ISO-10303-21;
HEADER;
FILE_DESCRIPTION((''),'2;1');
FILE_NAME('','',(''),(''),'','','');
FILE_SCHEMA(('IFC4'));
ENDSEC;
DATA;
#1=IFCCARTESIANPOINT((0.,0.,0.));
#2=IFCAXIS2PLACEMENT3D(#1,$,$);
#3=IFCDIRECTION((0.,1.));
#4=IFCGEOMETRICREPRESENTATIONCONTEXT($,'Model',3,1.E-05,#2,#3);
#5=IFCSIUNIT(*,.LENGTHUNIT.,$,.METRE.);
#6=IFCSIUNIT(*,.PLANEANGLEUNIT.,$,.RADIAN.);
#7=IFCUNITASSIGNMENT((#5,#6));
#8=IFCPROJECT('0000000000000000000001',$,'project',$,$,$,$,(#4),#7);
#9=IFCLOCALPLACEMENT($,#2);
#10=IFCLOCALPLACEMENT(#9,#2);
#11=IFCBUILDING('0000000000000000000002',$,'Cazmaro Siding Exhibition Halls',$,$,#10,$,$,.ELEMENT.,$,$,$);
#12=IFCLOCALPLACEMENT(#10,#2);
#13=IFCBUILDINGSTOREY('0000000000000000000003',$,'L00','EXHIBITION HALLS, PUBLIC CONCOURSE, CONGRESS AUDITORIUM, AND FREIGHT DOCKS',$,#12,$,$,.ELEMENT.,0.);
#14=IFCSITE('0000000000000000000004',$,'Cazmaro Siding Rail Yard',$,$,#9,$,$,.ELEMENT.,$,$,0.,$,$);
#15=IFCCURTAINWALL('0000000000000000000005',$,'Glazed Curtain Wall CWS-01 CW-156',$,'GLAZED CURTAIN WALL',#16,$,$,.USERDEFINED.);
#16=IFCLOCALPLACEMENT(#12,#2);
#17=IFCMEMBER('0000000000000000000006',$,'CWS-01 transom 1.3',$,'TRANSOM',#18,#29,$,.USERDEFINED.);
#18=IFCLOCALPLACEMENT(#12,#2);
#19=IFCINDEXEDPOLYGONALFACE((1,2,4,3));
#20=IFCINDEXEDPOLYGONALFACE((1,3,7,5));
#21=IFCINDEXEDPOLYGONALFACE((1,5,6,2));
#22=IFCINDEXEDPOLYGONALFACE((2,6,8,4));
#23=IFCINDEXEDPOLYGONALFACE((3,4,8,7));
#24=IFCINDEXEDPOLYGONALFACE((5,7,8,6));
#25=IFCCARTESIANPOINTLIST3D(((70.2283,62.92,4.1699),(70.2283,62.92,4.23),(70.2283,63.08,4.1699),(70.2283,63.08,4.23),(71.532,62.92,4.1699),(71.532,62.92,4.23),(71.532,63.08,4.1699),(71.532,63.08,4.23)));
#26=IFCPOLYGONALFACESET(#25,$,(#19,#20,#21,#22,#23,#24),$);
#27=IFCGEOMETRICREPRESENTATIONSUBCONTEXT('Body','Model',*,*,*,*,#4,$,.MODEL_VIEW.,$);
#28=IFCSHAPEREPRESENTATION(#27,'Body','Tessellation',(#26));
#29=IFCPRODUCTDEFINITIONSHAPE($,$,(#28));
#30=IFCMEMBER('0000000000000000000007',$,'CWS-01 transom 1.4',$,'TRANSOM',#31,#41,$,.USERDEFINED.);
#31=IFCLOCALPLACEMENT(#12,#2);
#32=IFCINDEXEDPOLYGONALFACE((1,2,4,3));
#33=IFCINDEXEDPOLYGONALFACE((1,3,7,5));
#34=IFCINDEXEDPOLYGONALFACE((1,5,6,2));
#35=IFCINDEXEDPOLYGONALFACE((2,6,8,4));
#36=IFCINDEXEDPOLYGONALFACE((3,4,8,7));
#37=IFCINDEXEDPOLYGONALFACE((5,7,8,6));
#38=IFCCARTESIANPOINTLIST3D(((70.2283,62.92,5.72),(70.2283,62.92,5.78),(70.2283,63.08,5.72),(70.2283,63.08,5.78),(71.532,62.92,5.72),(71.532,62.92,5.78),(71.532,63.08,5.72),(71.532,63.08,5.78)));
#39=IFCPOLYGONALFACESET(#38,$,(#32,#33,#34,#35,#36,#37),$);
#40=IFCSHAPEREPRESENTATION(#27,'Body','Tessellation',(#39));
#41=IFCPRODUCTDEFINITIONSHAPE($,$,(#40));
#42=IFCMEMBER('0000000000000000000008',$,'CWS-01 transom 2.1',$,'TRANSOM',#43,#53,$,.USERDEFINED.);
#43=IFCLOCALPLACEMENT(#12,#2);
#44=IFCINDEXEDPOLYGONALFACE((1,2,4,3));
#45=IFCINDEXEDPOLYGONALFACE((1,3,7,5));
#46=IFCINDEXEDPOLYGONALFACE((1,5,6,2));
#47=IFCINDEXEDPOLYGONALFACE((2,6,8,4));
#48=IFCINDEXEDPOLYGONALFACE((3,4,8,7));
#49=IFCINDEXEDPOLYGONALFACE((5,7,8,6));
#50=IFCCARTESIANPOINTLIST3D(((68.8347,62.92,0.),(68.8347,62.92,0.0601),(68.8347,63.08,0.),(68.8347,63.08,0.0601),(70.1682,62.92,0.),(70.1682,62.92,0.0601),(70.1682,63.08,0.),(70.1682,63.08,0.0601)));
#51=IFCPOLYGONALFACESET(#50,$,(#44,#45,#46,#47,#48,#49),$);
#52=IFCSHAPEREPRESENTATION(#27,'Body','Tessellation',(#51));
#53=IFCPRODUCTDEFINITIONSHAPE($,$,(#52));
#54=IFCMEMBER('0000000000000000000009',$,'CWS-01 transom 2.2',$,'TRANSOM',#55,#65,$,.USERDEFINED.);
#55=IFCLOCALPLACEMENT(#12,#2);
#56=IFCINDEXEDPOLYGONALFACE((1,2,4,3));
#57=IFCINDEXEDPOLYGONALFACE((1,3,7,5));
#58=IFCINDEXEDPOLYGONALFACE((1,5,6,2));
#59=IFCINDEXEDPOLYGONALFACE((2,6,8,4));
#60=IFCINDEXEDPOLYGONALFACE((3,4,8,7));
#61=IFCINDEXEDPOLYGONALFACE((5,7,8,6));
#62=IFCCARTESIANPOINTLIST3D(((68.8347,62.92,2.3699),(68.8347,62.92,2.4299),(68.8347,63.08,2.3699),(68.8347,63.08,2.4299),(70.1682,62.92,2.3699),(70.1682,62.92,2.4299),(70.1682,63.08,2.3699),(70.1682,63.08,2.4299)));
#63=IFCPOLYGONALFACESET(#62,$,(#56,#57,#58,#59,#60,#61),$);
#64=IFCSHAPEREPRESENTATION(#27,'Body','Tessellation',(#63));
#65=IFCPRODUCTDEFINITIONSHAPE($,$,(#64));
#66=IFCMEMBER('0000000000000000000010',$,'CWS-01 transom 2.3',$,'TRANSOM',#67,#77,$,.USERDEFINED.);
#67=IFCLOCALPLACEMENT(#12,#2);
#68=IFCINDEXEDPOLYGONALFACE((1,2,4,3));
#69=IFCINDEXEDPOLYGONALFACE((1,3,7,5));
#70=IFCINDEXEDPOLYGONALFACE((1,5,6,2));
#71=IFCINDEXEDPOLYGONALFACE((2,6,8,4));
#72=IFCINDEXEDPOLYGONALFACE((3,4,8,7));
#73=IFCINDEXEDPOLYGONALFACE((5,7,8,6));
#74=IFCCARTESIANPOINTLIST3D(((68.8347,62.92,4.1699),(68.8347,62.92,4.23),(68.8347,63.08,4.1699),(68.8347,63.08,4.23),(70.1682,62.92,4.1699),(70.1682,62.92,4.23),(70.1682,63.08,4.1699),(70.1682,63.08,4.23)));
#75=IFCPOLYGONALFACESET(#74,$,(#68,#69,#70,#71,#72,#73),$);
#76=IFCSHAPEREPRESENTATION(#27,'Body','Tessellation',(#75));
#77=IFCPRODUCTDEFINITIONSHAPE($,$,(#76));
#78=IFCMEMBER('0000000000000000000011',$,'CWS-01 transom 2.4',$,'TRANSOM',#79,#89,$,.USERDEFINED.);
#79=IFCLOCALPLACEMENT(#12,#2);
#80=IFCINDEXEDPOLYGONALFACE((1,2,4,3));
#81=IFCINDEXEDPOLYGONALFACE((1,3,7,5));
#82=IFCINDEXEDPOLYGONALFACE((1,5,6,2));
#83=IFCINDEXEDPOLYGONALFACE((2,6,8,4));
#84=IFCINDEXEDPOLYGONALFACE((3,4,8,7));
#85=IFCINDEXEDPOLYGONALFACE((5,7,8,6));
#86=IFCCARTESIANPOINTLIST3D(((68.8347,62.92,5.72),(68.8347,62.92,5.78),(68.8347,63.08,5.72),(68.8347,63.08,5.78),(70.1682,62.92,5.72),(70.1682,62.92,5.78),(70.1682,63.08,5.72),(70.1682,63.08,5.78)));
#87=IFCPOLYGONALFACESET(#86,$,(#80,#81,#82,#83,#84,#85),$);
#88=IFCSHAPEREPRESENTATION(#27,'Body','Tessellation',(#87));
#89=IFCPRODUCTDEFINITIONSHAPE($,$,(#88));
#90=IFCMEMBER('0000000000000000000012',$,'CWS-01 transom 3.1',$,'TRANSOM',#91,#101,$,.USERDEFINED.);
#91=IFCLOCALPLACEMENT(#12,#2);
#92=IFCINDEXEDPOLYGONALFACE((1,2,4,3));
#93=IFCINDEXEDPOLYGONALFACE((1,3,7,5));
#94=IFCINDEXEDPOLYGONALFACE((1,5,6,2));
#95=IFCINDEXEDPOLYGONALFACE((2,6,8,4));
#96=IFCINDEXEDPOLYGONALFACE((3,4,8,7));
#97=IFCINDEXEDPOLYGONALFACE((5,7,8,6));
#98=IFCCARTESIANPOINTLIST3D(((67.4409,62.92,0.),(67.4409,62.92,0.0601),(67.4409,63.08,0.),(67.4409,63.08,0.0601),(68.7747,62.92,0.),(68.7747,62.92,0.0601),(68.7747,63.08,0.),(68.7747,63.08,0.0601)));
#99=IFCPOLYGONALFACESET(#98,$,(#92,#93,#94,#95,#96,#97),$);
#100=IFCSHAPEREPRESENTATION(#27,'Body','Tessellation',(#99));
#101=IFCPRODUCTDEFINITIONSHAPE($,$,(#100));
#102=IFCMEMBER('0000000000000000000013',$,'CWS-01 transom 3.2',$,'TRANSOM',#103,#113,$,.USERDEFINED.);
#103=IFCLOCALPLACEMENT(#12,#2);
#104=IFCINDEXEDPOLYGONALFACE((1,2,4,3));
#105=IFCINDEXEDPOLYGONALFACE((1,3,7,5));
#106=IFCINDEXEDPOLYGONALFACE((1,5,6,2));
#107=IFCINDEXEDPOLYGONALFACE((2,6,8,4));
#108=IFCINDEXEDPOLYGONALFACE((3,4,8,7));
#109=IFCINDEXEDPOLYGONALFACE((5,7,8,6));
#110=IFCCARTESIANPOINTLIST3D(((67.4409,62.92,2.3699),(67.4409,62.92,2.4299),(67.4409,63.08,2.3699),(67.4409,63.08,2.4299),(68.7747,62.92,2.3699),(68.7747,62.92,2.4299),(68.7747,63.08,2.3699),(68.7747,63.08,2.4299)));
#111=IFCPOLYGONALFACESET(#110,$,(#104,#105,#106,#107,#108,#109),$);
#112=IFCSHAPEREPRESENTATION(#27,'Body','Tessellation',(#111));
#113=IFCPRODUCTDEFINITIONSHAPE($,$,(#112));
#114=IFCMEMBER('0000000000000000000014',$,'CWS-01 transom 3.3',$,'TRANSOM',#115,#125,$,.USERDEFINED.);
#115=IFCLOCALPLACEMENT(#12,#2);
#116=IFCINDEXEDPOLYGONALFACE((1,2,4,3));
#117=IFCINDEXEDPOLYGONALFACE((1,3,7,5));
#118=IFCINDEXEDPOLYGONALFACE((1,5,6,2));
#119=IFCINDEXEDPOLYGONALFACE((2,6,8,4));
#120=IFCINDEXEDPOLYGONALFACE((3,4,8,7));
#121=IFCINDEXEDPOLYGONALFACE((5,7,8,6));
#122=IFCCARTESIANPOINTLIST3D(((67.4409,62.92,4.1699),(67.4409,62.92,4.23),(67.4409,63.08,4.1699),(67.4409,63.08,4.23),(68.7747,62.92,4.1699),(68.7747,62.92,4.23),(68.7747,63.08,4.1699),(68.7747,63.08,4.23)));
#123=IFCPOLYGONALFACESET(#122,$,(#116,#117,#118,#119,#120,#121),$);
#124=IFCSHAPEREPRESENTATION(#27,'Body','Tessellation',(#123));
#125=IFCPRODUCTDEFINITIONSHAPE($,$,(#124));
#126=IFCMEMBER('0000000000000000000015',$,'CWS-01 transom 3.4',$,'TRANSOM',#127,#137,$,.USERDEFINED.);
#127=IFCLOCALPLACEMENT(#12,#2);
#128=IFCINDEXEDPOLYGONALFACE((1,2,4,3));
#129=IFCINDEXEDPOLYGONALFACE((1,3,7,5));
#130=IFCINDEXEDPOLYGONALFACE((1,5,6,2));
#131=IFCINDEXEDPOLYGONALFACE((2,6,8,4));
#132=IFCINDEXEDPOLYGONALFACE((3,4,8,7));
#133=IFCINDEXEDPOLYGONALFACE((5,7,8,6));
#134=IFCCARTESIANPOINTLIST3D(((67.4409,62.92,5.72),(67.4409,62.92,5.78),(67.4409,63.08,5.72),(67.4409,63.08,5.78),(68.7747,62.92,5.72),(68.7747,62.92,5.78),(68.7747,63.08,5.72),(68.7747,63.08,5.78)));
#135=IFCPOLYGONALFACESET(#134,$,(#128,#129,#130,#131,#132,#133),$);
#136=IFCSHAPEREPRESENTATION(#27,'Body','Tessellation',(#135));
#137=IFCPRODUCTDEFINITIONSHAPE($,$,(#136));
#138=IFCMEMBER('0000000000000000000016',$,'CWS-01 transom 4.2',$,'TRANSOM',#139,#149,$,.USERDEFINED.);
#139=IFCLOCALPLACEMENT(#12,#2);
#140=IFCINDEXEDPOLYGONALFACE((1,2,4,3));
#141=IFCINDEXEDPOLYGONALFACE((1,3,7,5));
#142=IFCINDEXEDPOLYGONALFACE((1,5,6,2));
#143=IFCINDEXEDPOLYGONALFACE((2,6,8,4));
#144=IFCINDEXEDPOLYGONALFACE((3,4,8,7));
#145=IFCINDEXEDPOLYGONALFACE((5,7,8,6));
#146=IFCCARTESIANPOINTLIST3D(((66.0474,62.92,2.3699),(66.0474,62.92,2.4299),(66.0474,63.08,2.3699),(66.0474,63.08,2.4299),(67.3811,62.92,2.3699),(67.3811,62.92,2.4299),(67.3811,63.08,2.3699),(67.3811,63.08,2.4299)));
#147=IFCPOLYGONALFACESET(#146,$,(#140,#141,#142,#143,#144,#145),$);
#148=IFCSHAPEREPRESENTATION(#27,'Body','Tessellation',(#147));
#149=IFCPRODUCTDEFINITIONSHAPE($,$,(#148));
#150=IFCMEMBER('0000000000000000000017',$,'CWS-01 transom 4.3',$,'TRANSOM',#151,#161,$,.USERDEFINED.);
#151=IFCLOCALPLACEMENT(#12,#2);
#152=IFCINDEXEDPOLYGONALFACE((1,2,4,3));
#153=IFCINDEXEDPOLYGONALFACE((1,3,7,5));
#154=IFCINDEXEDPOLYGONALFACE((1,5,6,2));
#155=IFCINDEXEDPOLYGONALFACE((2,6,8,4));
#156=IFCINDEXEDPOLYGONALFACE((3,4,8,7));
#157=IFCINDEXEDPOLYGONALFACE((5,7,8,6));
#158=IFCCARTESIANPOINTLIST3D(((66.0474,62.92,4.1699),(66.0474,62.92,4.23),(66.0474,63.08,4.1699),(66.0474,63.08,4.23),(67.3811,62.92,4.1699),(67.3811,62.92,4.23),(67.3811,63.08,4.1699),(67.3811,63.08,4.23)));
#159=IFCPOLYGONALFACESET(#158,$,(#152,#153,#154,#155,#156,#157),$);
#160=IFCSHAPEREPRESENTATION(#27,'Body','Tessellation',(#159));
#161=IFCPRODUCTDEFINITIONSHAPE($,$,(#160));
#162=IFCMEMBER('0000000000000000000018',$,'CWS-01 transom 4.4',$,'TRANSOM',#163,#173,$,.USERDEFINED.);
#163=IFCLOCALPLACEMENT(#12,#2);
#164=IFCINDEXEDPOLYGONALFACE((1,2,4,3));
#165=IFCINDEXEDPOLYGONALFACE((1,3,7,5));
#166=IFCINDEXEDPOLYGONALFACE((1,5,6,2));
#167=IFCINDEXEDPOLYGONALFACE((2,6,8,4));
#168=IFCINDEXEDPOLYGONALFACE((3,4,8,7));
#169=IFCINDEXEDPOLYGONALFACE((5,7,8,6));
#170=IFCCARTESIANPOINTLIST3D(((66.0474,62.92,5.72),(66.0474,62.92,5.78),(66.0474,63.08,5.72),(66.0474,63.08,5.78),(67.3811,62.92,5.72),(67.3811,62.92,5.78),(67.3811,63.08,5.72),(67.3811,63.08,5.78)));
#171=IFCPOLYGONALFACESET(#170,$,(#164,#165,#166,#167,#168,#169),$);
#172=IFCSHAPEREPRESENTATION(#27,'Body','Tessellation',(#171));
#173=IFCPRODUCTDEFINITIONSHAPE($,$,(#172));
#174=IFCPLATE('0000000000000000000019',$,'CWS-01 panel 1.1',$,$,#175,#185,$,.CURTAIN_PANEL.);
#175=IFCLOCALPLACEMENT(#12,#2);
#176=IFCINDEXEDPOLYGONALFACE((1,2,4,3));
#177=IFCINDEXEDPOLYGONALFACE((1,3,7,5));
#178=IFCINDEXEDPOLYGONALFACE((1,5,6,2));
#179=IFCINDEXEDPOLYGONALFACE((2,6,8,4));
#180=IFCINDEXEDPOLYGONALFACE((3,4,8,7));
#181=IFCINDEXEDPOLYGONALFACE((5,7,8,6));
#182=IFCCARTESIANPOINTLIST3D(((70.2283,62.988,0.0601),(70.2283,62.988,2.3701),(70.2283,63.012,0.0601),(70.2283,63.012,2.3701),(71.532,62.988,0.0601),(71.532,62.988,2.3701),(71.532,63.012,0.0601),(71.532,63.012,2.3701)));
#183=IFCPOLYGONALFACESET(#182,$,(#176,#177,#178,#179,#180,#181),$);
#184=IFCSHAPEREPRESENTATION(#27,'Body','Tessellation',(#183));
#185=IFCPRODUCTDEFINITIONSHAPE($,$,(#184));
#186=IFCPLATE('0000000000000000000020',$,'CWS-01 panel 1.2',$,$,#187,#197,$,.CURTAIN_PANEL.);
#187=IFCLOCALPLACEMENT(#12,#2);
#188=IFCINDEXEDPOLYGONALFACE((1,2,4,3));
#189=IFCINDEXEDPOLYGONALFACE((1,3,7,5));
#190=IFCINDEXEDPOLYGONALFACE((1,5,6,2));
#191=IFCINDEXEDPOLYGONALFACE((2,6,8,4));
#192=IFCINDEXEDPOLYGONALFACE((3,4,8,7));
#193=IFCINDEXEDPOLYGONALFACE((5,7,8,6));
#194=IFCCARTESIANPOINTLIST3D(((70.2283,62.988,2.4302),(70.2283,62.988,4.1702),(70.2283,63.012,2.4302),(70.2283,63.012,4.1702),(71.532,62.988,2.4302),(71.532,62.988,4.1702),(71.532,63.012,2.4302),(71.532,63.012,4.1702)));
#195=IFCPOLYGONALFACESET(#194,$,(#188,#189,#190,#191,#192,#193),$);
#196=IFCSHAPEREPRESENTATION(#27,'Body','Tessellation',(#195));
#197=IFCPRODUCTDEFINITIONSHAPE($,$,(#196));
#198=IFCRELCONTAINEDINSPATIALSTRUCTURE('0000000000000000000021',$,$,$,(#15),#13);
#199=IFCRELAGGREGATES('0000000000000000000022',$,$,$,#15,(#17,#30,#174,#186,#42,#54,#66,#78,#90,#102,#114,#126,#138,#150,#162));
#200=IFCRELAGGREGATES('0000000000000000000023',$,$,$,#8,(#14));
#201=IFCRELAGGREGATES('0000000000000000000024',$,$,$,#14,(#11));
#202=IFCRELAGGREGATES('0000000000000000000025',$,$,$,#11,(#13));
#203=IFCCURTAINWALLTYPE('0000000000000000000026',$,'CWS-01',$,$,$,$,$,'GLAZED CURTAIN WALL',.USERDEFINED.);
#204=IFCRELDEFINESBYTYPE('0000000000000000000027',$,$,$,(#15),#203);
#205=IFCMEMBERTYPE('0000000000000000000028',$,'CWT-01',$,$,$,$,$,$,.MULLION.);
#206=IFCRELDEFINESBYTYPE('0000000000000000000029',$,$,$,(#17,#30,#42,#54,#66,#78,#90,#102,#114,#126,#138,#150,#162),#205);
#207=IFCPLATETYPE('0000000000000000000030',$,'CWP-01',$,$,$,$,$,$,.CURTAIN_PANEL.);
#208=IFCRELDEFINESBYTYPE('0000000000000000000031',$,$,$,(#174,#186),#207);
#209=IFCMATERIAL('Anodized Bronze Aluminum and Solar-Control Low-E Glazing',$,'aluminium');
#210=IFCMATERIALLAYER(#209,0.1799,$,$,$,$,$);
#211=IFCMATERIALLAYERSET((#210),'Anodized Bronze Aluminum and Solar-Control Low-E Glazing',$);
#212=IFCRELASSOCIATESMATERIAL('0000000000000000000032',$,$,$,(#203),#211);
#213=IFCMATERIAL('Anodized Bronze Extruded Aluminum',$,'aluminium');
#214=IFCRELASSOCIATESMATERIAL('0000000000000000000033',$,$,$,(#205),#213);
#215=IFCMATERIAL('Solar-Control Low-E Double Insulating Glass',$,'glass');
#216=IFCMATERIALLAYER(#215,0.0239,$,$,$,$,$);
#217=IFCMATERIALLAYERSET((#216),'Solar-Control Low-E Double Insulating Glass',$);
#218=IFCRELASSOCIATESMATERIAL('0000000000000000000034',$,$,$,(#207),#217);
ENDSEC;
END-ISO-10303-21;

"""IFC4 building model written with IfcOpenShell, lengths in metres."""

from ifc_helpers import new_model, si_unit, direction, frame, origin, origin_2d, place, context, subcontext, project, spatial, rectangle, extrude, material, layer, layer_set, material_profile, profile_set, type_object, element, aggregate, save


model = new_model("IFC4")

# Units and contexts
model_context = context("Model", 3, precision=1e-05, world=origin(), true_north=direction((0.0, 1.0)))
body_context = subcontext(model_context, "Body", "Model", "MODEL_VIEW")
ifc_project = project(units=[si_unit("LENGTHUNIT", "METRE"), si_unit("PLANEANGLEUNIT", "RADIAN")], contexts=[model_context])

# Site, building, storey
site_placement = place(None, origin())
site = spatial("IfcSite", under=ifc_project, at=site_placement, Name="Cazmaro Siding Rail Yard", CompositionType="ELEMENT", RefElevation=0.0)
building_placement = place(site_placement, origin())
building = spatial("IfcBuilding", under=site, at=building_placement, Name="Cazmaro Siding Exhibition Halls", CompositionType="ELEMENT")
storey_placement = place(building_placement, origin())
storey = spatial("IfcBuildingStorey", under=building, at=storey_placement, Name="L00", Description="EXHIBITION HALLS, PUBLIC CONCOURSE, CONGRESS AUDITORIUM, AND FREIGHT DOCKS", CompositionType="ELEMENT", Elevation=0.0)

# Curtain wall
ifc_material_1 = material(Name="Anodized Bronze Aluminum and Solar-Control Low-E Glazing", Category="aluminium")
ifc_layer_1 = layer(ifc_material_1, 0.1799)
ifc_layer_set_1 = layer_set([ifc_layer_1], Name="Anodized Bronze Aluminum and Solar-Control Low-E Glazing")
curtain_wall_type = type_object("IfcCurtainWallType", Name="CWS-01", ElementType="GLAZED CURTAIN WALL", PredefinedType="USERDEFINED", material=ifc_layer_set_1)
curtain_wall_1_placement = place(storey_placement, origin())
curtain_wall_1 = element("IfcCurtainWall", 1, at=curtain_wall_1_placement, inside=storey, type_object=curtain_wall_type, Name="Glazed Curtain Wall CWS-01 CW-156", ObjectType="GLAZED CURTAIN WALL", PredefinedType="USERDEFINED")

# Members
ifc_material_2 = material(Name="Anodized Bronze Extruded Aluminum", Category="aluminium")
ifc_material_profile_1 = material_profile(ifc_material_2, rectangle(XDim=0.1599, YDim=0.0601, at=origin_2d()), Name="CWT-01")
ifc_profile_set_1 = profile_set([ifc_material_profile_1], Name="Anodized Bronze Extruded Aluminum")
member_type_1 = type_object("IfcMemberType", Name="CWT-01", PredefinedType="MULLION", material=ifc_profile_set_1)
member_1_placement = place(storey_placement, frame((71.532, 63.0, 4.2), z_axis=(-1.0, 0.0, 0.0), x_axis=(0.0, -1.0, 0.0)))
member_1 = element("IfcMember", 2, at=member_1_placement, type_object=member_type_1, Name="CWS-01 transom 1.3", ObjectType="TRANSOM", PredefinedType="USERDEFINED", context=body_context, shape_type="SweptSolid", body=[
    extrude(rectangle(XDim=0.1599, YDim=0.0601, at=origin_2d()), origin(), (0.0, 0.0, 1.0), 1.3037),
])
member_2_placement = place(storey_placement, frame((71.532, 63.0, 5.75), z_axis=(-1.0, 0.0, 0.0), x_axis=(0.0, -1.0, 0.0)))
member_2 = element("IfcMember", 3, at=member_2_placement, type_object=member_type_1, Name="CWS-01 transom 1.4", ObjectType="TRANSOM", PredefinedType="USERDEFINED", context=body_context, shape_type="SweptSolid", body=[
    extrude(rectangle(XDim=0.1599, YDim=0.0601, at=origin_2d()), origin(), (0.0, 0.0, 1.0), 1.3037),
])
member_3_placement = place(storey_placement, frame((70.1682, 63.0, 0.03), z_axis=(-1.0, 0.0, 0.0), x_axis=(0.0, -1.0, 0.0)))
member_3 = element("IfcMember", 4, at=member_3_placement, type_object=member_type_1, Name="CWS-01 transom 2.1", ObjectType="TRANSOM", PredefinedType="USERDEFINED", context=body_context, shape_type="SweptSolid", body=[
    extrude(rectangle(XDim=0.1599, YDim=0.0601, at=origin_2d()), origin(), (0.0, 0.0, 1.0), 1.3335),
])
member_4_placement = place(storey_placement, frame((70.1682, 63.0, 2.3999), z_axis=(-1.0, 0.0, 0.0), x_axis=(0.0, -1.0, 0.0)))
member_4 = element("IfcMember", 5, at=member_4_placement, type_object=member_type_1, Name="CWS-01 transom 2.2", ObjectType="TRANSOM", PredefinedType="USERDEFINED", context=body_context, shape_type="SweptSolid", body=[
    extrude(rectangle(XDim=0.1599, YDim=0.0601, at=origin_2d()), origin(), (0.0, 0.0, 1.0), 1.3335),
])
member_5_placement = place(storey_placement, frame((70.1682, 63.0, 4.2), z_axis=(-1.0, 0.0, 0.0), x_axis=(0.0, -1.0, 0.0)))
member_5 = element("IfcMember", 6, at=member_5_placement, type_object=member_type_1, Name="CWS-01 transom 2.3", ObjectType="TRANSOM", PredefinedType="USERDEFINED", context=body_context, shape_type="SweptSolid", body=[
    extrude(rectangle(XDim=0.1599, YDim=0.0601, at=origin_2d()), origin(), (0.0, 0.0, 1.0), 1.3335),
])
member_6_placement = place(storey_placement, frame((70.1682, 63.0, 5.75), z_axis=(-1.0, 0.0, 0.0), x_axis=(0.0, -1.0, 0.0)))
member_6 = element("IfcMember", 7, at=member_6_placement, type_object=member_type_1, Name="CWS-01 transom 2.4", ObjectType="TRANSOM", PredefinedType="USERDEFINED", context=body_context, shape_type="SweptSolid", body=[
    extrude(rectangle(XDim=0.1599, YDim=0.0601, at=origin_2d()), origin(), (0.0, 0.0, 1.0), 1.3335),
])
member_7_placement = place(storey_placement, frame((68.7747, 63.0, 0.03), z_axis=(-1.0, 0.0, 0.0), x_axis=(0.0, -1.0, 0.0)))
member_7 = element("IfcMember", 8, at=member_7_placement, type_object=member_type_1, Name="CWS-01 transom 3.1", ObjectType="TRANSOM", PredefinedType="USERDEFINED", context=body_context, shape_type="SweptSolid", body=[
    extrude(rectangle(XDim=0.1599, YDim=0.0601, at=origin_2d()), origin(), (0.0, 0.0, 1.0), 1.3337),
])
member_8_placement = place(storey_placement, frame((68.7747, 63.0, 2.3999), z_axis=(-1.0, 0.0, 0.0), x_axis=(0.0, -1.0, 0.0)))
member_8 = element("IfcMember", 9, at=member_8_placement, type_object=member_type_1, Name="CWS-01 transom 3.2", ObjectType="TRANSOM", PredefinedType="USERDEFINED", context=body_context, shape_type="SweptSolid", body=[
    extrude(rectangle(XDim=0.1599, YDim=0.0601, at=origin_2d()), origin(), (0.0, 0.0, 1.0), 1.3337),
])
member_9_placement = place(storey_placement, frame((68.7747, 63.0, 4.2), z_axis=(-1.0, 0.0, 0.0), x_axis=(0.0, -1.0, 0.0)))
member_9 = element("IfcMember", 10, at=member_9_placement, type_object=member_type_1, Name="CWS-01 transom 3.3", ObjectType="TRANSOM", PredefinedType="USERDEFINED", context=body_context, shape_type="SweptSolid", body=[
    extrude(rectangle(XDim=0.1599, YDim=0.0601, at=origin_2d()), origin(), (0.0, 0.0, 1.0), 1.3337),
])
member_10_placement = place(storey_placement, frame((68.7747, 63.0, 5.75), z_axis=(-1.0, 0.0, 0.0), x_axis=(0.0, -1.0, 0.0)))
member_10 = element("IfcMember", 11, at=member_10_placement, type_object=member_type_1, Name="CWS-01 transom 3.4", ObjectType="TRANSOM", PredefinedType="USERDEFINED", context=body_context, shape_type="SweptSolid", body=[
    extrude(rectangle(XDim=0.1599, YDim=0.0601, at=origin_2d()), origin(), (0.0, 0.0, 1.0), 1.3337),
])
member_11_placement = place(storey_placement, frame((67.3811, 63.0, 2.3999), z_axis=(-1.0, 0.0, 0.0), x_axis=(0.0, -1.0, 0.0)))
member_11 = element("IfcMember", 12, at=member_11_placement, type_object=member_type_1, Name="CWS-01 transom 4.2", ObjectType="TRANSOM", PredefinedType="USERDEFINED", context=body_context, shape_type="SweptSolid", body=[
    extrude(rectangle(XDim=0.1599, YDim=0.0601, at=origin_2d()), origin(), (0.0, 0.0, 1.0), 1.3337),
])
member_12_placement = place(storey_placement, frame((67.3811, 63.0, 4.2), z_axis=(-1.0, 0.0, 0.0), x_axis=(0.0, -1.0, 0.0)))
member_12 = element("IfcMember", 13, at=member_12_placement, type_object=member_type_1, Name="CWS-01 transom 4.3", ObjectType="TRANSOM", PredefinedType="USERDEFINED", context=body_context, shape_type="SweptSolid", body=[
    extrude(rectangle(XDim=0.1599, YDim=0.0601, at=origin_2d()), origin(), (0.0, 0.0, 1.0), 1.3337),
])
member_13_placement = place(storey_placement, frame((67.3811, 63.0, 5.75), z_axis=(-1.0, 0.0, 0.0), x_axis=(0.0, -1.0, 0.0)))
member_13 = element("IfcMember", 14, at=member_13_placement, type_object=member_type_1, Name="CWS-01 transom 4.4", ObjectType="TRANSOM", PredefinedType="USERDEFINED", context=body_context, shape_type="SweptSolid", body=[
    extrude(rectangle(XDim=0.1599, YDim=0.0601, at=origin_2d()), origin(), (0.0, 0.0, 1.0), 1.3337),
])

# Plates
ifc_material_3 = material(Name="Solar-Control Low-E Double Insulating Glass", Category="glass")
ifc_layer_2 = layer(ifc_material_3, 0.0239)
ifc_layer_set_2 = layer_set([ifc_layer_2], Name="Solar-Control Low-E Double Insulating Glass")
plate_type = type_object("IfcPlateType", Name="CWP-01", PredefinedType="CURTAIN_PANEL", material=ifc_layer_set_2)
plate_1_placement = place(storey_placement, frame((70.8801, 63.0, 0.0601), z_axis=(0.0, 0.0, 1.0), x_axis=(-1.0, 0.0, 0.0)))
plate_1 = element("IfcPlate", 15, at=plate_1_placement, type_object=plate_type, Name="CWS-01 panel 1.1", PredefinedType="CURTAIN_PANEL", context=body_context, shape_type="SweptSolid", body=[
    extrude(rectangle(XDim=1.3037, YDim=0.0239, at=origin_2d()), origin(), (0.0, 0.0, 1.0), 2.3101),
])
plate_2_placement = place(storey_placement, frame((70.8801, 63.0, 2.4302), z_axis=(0.0, 0.0, 1.0), x_axis=(-1.0, 0.0, 0.0)))
plate_2 = element("IfcPlate", 16, at=plate_2_placement, type_object=plate_type, Name="CWS-01 panel 1.2", PredefinedType="CURTAIN_PANEL", context=body_context, shape_type="SweptSolid", body=[
    extrude(rectangle(XDim=1.3037, YDim=0.0239, at=origin_2d()), origin(), (0.0, 0.0, 1.0), 1.74),
])
aggregate(curtain_wall_1, [member_1, member_2, plate_1, plate_2, member_3, member_4, member_5, member_6, member_7, member_8, member_9, member_10, member_11, member_12, member_13])

save(model, "model.ifc")
